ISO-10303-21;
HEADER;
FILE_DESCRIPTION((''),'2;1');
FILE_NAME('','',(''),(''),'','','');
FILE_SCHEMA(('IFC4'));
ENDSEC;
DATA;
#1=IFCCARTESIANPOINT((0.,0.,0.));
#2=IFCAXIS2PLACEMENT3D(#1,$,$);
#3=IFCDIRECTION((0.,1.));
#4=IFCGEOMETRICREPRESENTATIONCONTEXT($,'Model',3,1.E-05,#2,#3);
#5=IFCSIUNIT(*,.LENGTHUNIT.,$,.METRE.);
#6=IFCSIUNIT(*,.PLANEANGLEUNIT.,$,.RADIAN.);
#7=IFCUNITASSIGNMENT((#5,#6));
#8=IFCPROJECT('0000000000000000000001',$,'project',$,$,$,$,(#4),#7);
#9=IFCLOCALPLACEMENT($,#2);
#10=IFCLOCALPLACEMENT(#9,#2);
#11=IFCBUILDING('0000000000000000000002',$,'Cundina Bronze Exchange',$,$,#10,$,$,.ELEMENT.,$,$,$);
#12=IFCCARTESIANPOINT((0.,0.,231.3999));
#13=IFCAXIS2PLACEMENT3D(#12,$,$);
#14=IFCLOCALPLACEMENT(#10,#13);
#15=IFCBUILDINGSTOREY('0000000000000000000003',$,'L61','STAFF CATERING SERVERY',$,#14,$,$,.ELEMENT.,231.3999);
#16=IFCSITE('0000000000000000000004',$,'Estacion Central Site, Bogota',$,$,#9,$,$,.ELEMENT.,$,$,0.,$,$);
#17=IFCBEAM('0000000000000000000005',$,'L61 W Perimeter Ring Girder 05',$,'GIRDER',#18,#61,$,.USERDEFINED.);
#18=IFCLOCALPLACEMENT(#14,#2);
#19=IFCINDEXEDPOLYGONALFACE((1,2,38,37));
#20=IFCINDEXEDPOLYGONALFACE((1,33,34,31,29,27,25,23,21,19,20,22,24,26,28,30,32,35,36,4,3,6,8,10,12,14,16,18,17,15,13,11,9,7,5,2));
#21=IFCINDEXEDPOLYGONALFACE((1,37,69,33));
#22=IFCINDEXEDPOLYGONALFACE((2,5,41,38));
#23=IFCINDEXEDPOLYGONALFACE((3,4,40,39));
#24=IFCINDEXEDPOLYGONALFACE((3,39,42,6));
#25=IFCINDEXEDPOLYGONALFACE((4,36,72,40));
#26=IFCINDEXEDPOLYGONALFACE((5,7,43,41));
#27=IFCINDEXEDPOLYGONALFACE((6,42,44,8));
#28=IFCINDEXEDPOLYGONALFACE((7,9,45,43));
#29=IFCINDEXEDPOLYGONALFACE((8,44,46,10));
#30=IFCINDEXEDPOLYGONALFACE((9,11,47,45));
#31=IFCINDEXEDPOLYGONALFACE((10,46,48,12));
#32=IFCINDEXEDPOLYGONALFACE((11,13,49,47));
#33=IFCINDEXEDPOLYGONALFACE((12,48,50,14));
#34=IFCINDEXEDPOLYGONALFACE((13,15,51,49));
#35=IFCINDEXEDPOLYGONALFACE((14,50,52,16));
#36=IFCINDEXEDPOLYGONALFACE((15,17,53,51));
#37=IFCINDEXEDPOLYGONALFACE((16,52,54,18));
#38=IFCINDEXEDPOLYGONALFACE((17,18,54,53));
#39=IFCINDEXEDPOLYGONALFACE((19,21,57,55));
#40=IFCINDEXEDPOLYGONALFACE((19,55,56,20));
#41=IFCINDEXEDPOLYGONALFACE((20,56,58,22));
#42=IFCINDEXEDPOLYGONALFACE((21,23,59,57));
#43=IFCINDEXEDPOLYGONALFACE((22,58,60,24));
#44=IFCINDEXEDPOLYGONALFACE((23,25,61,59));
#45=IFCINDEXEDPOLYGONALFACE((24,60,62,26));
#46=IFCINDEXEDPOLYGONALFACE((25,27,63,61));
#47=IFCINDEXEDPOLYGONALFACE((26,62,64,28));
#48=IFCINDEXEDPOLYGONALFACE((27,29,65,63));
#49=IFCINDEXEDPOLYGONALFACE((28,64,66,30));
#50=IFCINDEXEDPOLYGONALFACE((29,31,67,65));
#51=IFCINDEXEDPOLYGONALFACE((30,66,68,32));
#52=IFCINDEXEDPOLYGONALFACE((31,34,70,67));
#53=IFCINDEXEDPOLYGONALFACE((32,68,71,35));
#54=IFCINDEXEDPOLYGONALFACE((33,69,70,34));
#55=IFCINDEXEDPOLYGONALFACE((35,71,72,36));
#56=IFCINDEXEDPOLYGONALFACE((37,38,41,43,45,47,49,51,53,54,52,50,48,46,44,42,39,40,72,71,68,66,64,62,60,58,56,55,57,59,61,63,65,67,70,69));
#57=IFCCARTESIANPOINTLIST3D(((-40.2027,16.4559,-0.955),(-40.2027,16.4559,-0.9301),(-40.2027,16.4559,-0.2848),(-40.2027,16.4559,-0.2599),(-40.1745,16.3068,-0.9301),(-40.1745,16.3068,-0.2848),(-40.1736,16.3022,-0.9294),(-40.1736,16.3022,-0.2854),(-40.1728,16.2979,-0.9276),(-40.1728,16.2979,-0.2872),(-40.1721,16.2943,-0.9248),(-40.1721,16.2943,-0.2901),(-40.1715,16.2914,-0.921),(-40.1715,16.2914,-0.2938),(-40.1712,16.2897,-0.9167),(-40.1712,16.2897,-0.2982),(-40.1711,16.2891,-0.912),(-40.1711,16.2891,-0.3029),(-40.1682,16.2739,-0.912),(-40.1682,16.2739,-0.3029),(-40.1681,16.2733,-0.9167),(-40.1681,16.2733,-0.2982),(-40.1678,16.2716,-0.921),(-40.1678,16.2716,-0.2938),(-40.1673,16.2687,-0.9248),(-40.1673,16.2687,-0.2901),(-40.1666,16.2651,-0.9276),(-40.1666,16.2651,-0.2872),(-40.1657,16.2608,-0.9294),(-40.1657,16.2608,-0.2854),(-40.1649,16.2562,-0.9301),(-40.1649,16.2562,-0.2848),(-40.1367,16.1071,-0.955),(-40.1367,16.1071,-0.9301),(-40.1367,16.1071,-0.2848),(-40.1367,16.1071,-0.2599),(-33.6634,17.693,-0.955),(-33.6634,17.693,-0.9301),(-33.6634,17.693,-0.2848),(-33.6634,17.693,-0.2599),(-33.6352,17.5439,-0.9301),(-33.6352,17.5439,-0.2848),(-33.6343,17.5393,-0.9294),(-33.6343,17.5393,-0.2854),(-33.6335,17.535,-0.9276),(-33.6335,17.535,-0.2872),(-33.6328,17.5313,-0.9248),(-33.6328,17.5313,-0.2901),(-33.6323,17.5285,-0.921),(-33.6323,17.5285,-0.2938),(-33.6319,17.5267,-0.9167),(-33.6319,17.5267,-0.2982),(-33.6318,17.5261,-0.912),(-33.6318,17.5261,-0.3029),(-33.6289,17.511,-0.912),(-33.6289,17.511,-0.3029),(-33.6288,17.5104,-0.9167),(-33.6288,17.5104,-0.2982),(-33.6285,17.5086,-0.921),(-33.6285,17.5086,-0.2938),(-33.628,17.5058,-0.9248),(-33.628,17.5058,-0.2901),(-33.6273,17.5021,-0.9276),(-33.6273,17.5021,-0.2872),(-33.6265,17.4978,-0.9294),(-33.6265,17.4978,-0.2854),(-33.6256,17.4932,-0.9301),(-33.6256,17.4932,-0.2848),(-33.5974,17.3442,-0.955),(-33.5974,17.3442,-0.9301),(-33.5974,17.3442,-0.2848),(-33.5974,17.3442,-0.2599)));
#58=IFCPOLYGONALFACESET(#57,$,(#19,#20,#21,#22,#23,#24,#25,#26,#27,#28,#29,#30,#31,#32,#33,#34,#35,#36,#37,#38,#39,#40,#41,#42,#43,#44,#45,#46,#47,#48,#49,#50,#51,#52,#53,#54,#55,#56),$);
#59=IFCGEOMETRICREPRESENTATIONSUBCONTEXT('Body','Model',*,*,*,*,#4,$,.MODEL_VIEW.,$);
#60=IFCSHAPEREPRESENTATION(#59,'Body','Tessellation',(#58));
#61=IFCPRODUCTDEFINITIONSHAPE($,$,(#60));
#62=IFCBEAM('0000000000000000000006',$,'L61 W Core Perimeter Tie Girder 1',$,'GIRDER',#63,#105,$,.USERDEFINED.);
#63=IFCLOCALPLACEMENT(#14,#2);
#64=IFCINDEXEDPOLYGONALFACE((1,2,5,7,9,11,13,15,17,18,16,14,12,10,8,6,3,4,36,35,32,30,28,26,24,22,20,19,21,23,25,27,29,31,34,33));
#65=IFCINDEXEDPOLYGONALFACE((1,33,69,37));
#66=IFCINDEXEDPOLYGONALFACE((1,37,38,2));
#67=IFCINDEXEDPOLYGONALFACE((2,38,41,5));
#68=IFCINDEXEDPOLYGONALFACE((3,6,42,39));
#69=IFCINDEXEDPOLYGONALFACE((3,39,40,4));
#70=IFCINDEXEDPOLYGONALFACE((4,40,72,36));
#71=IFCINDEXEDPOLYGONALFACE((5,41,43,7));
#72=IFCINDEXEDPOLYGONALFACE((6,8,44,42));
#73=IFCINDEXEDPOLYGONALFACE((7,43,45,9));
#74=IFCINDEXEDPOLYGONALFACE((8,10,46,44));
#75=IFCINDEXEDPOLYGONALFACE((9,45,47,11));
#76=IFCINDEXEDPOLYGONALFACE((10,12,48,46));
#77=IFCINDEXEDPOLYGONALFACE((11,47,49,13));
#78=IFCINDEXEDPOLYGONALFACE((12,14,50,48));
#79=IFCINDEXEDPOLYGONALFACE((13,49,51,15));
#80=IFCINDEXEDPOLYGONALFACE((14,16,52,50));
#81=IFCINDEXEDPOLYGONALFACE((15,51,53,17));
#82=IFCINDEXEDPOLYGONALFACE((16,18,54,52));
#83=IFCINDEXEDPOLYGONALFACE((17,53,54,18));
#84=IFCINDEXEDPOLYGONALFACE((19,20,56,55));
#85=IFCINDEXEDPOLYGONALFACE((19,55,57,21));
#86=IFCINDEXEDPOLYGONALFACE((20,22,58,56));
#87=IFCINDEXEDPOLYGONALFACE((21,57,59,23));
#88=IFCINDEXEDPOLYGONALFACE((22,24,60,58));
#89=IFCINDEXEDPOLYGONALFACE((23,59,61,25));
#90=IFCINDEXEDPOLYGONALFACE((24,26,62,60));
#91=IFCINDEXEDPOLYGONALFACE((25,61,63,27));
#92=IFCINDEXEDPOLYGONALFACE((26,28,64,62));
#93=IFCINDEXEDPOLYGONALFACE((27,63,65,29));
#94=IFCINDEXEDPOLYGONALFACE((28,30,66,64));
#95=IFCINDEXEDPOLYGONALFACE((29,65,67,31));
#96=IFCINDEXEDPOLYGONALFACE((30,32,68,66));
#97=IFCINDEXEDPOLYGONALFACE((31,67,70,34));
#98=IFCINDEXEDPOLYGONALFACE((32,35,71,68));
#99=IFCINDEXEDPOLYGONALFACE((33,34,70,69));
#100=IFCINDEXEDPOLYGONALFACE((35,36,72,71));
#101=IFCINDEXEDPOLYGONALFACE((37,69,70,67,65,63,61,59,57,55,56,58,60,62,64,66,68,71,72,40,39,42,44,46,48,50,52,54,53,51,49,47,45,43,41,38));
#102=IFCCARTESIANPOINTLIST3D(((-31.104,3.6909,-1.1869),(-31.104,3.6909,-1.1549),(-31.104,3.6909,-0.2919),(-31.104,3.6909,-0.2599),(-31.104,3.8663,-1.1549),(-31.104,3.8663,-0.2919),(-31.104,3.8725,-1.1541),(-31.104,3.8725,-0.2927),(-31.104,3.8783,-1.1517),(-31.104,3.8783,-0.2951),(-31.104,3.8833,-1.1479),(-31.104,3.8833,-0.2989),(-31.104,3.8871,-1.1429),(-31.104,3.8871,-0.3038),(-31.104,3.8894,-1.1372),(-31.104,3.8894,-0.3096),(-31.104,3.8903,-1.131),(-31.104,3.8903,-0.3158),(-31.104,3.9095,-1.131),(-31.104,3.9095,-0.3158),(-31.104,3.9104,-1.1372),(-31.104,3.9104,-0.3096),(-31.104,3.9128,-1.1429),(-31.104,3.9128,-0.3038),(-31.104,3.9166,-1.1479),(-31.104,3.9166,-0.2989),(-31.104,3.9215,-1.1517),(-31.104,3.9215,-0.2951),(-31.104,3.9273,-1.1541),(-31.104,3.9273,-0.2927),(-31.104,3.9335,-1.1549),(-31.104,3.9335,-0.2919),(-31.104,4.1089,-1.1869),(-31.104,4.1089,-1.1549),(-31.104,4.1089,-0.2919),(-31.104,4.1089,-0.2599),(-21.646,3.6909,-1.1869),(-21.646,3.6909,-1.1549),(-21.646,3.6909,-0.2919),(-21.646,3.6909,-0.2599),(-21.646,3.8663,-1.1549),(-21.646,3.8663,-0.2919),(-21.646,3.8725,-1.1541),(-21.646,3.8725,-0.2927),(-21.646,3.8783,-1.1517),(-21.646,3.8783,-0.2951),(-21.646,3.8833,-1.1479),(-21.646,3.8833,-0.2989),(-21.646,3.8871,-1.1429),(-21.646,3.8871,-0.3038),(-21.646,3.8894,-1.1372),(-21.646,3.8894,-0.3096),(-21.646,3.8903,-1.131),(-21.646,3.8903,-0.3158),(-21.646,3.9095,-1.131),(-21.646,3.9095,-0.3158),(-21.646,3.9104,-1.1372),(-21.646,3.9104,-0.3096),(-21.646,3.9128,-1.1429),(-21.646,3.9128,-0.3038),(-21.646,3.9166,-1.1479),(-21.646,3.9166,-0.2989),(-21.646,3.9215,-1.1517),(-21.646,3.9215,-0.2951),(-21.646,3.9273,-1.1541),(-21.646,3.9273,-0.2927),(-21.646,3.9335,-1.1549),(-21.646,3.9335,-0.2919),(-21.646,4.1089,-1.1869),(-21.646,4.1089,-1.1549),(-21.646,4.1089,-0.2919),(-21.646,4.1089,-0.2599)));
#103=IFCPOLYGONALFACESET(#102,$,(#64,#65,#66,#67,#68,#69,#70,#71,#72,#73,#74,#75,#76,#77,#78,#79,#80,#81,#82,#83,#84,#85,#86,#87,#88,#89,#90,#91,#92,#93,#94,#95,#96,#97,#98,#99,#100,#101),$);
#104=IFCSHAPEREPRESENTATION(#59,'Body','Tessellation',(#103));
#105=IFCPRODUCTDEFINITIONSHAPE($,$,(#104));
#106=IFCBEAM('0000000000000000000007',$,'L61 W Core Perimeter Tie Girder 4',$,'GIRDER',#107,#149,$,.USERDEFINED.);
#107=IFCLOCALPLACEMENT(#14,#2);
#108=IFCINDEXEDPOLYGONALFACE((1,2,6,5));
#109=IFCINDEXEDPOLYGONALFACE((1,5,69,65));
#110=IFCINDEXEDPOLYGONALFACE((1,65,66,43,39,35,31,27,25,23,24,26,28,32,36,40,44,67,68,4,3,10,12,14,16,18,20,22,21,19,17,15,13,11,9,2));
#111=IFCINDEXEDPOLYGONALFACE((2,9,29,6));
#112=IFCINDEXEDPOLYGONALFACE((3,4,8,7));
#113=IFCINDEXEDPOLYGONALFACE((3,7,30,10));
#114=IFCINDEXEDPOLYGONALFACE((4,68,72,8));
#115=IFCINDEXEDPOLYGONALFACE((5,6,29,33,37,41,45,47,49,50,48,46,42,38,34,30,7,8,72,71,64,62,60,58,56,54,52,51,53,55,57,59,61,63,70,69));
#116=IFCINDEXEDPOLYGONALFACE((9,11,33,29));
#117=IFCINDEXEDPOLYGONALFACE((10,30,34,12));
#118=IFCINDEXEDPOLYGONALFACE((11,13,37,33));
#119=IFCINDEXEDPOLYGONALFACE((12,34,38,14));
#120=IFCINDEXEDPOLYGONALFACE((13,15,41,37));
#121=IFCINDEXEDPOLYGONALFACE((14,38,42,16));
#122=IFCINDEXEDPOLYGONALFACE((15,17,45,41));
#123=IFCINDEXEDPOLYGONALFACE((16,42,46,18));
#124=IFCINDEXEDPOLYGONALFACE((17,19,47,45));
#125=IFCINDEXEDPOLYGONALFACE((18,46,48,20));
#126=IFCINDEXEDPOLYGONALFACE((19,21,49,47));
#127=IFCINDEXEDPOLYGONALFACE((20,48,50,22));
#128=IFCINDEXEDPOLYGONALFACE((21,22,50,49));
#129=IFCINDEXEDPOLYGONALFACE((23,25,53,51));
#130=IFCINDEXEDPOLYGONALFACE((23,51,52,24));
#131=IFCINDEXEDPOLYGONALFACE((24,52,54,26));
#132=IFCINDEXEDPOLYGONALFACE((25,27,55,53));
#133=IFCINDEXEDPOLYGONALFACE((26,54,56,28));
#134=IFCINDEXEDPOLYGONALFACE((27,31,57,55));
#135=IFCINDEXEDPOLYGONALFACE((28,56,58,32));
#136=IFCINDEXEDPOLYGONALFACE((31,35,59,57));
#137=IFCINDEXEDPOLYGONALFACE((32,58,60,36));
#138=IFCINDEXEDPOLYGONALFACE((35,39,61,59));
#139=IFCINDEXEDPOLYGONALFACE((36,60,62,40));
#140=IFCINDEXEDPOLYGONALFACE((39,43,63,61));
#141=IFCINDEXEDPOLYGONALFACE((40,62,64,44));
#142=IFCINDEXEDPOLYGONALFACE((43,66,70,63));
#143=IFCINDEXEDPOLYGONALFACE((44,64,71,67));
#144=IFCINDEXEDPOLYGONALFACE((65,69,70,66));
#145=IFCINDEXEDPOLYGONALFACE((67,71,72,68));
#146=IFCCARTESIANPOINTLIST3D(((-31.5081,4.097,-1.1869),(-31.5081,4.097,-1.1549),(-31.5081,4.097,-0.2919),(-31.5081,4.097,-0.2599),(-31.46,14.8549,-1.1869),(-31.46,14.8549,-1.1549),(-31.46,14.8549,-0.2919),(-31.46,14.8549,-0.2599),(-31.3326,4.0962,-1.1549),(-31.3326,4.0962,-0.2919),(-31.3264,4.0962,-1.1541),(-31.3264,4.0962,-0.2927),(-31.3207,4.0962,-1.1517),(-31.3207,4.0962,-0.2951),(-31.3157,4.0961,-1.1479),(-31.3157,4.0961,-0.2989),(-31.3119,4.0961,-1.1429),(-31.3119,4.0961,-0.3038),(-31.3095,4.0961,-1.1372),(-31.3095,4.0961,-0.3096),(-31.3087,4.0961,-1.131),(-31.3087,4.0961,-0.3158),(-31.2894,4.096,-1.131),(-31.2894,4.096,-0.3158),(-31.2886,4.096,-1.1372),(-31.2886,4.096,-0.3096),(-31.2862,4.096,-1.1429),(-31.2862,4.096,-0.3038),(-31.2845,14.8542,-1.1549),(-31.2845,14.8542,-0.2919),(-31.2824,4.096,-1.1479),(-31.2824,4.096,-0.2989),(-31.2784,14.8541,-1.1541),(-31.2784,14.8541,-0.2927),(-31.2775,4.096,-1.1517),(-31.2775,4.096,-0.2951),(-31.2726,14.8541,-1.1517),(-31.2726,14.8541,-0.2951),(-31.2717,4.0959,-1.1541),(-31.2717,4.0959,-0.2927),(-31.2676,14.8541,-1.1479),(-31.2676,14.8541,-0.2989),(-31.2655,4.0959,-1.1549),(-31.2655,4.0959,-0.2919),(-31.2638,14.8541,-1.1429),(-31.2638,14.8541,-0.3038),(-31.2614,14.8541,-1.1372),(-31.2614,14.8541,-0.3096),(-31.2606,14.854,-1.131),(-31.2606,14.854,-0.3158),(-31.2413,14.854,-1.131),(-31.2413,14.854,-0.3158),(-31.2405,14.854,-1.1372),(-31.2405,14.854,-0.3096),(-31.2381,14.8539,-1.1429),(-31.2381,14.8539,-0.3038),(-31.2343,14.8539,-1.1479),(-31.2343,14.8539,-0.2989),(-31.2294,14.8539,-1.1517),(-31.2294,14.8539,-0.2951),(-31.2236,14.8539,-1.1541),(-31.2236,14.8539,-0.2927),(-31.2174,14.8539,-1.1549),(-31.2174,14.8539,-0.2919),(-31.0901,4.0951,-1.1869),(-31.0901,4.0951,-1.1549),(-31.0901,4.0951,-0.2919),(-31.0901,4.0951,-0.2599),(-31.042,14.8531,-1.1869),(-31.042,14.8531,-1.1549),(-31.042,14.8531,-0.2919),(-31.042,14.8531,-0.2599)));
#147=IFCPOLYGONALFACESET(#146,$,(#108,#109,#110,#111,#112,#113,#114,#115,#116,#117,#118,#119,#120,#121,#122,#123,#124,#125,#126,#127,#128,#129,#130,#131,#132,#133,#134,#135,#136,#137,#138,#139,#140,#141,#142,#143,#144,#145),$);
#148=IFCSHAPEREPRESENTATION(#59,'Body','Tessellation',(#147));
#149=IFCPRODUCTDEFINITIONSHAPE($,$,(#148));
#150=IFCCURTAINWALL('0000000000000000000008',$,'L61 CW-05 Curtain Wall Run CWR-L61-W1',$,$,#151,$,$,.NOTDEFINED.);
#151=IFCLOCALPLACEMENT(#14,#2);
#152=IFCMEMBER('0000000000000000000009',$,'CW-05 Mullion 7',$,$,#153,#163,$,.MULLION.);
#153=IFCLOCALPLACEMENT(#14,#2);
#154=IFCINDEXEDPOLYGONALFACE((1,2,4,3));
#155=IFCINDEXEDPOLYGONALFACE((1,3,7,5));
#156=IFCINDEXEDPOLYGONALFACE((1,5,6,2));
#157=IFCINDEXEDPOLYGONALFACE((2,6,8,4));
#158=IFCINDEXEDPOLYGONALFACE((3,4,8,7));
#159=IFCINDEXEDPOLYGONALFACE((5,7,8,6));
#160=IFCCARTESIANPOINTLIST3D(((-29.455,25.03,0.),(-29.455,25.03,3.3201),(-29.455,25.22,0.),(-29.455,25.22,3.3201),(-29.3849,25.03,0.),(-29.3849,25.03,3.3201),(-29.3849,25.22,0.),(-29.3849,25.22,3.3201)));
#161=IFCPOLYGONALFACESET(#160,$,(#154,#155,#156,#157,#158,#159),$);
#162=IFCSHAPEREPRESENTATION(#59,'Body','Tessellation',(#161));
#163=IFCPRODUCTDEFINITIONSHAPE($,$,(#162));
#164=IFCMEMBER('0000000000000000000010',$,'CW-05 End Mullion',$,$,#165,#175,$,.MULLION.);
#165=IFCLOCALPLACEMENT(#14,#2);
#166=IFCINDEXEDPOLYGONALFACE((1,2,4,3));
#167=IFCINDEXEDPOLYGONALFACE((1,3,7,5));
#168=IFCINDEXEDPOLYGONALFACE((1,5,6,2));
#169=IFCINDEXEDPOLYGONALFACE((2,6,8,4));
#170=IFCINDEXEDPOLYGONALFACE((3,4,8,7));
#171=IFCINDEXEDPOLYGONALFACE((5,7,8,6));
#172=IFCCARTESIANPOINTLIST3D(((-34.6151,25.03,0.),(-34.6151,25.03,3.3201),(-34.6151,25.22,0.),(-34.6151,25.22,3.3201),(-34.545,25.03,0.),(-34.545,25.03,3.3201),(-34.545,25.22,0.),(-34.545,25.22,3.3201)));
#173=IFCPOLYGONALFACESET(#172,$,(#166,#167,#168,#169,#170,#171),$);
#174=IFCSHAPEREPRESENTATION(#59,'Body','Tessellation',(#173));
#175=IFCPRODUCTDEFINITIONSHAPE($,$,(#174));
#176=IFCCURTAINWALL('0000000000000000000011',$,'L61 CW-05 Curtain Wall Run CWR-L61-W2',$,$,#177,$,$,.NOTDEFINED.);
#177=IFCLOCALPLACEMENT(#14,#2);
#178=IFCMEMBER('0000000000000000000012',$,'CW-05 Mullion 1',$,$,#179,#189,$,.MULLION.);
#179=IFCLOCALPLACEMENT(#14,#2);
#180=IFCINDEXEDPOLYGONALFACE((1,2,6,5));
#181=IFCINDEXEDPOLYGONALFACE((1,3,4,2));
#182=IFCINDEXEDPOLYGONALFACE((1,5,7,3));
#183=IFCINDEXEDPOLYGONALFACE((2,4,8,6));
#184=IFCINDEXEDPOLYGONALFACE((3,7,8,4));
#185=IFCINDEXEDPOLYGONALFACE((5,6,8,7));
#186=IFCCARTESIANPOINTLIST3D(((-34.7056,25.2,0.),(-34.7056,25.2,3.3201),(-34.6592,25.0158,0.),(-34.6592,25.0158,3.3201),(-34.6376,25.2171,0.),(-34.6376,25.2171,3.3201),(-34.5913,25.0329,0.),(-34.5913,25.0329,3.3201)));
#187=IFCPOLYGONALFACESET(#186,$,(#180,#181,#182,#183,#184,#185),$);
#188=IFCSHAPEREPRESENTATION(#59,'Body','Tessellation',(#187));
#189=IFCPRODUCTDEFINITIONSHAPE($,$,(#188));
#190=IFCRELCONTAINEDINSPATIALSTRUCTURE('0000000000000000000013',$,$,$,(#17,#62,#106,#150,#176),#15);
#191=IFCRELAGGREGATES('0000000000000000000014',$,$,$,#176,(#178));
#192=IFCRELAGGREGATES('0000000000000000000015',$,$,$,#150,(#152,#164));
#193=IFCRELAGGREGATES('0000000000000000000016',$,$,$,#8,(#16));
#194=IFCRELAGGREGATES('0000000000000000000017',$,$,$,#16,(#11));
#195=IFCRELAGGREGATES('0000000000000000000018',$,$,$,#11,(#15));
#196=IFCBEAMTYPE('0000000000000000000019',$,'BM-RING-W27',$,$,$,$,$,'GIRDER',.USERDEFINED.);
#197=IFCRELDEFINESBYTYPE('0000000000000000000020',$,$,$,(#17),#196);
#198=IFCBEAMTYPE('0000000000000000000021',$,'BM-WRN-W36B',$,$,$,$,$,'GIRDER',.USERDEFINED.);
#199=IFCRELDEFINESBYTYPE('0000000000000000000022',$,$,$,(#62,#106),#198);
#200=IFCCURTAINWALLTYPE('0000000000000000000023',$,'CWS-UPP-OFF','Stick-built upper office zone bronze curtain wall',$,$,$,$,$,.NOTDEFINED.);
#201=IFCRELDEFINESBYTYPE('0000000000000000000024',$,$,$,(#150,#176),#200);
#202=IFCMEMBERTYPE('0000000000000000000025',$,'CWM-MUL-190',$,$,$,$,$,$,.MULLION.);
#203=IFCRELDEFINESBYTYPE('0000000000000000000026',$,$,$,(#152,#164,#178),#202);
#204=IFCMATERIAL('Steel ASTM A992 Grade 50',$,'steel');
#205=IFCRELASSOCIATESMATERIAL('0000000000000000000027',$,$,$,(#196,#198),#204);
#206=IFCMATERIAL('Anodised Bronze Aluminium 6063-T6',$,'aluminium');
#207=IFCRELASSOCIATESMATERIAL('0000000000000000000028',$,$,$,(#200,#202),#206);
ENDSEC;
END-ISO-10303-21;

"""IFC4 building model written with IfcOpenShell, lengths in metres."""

from ifc_helpers import new_model, si_unit, direction, frame, origin, origin_2d, place, context, subcontext, project, spatial, rectangle, i_section, extrude, material, material_profile, profile_set, type_object, element, aggregate, save


model = new_model("IFC4")

# Units and contexts
model_context = context("Model", 3, precision=1e-05, world=origin(), true_north=direction((0.0, 1.0)))
body_context = subcontext(model_context, "Body", "Model", "MODEL_VIEW")
ifc_project = project(units=[si_unit("LENGTHUNIT", "METRE"), si_unit("PLANEANGLEUNIT", "RADIAN")], contexts=[model_context])

# Site, building, storey
site_placement = place(None, origin())
site = spatial("IfcSite", under=ifc_project, at=site_placement, Name="Estacion Central Site, Bogota", CompositionType="ELEMENT", RefElevation=0.0)
building_placement = place(site_placement, origin())
building = spatial("IfcBuilding", under=site, at=building_placement, Name="Cundina Bronze Exchange", CompositionType="ELEMENT")
storey_placement = place(building_placement, frame((0.0, 0.0, 231.3999)))
storey = spatial("IfcBuildingStorey", under=building, at=storey_placement, Name="L61", Description="STAFF CATERING SERVERY", CompositionType="ELEMENT", Elevation=231.3999)

# Shared definitions
ifc_material_1 = material(Name="Steel ASTM A992 Grade 50", Category="steel")

# Beams
ifc_material_profile_1 = material_profile(ifc_material_1, i_section(OverallWidth=0.355, OverallDepth=0.6951, WebThickness=0.0154, FlangeThickness=0.0249, FilletRadius=0.0181, at=origin_2d()), Name="W27X146", Category="steel")
ifc_profile_set_1 = profile_set([ifc_material_profile_1], Name="Steel ASTM A992 Grade 50")
beam_type_1 = type_object("IfcBeamType", Name="BM-RING-W27", ElementType="GIRDER", PredefinedType="USERDEFINED", material=ifc_profile_set_1)
beam_1_placement = place(storey_placement, frame((-33.6304, 17.5186, -0.6074), z_axis=(-0.982573, -0.185876, 0.0), x_axis=(0.185876, -0.982573, 0.0)))
element("IfcBeam", 1, at=beam_1_placement, inside=storey, type_object=beam_type_1, Name="L61 W Perimeter Ring Girder 05", ObjectType="GIRDER", PredefinedType="USERDEFINED", context=body_context, shape_type="SweptSolid", body=[
    extrude(i_section(OverallWidth=0.355, OverallDepth=0.6951, WebThickness=0.0154, FlangeThickness=0.0249, FilletRadius=0.0181, at=origin_2d()), origin(), (0.0, 0.0, 1.0), 6.6553),
])
ifc_material_profile_2 = material_profile(ifc_material_1, i_section(OverallWidth=0.418, OverallDepth=0.927, WebThickness=0.0193, FlangeThickness=0.032, FilletRadius=0.0239, at=origin_2d()), Name="W36X231", Category="steel")
ifc_profile_set_2 = profile_set([ifc_material_profile_2], Name="Steel ASTM A992 Grade 50")
beam_type_2 = type_object("IfcBeamType", Name="BM-WRN-W36B", ElementType="GIRDER", PredefinedType="USERDEFINED", material=ifc_profile_set_2)
beam_2_placement = place(storey_placement, frame((-31.104, 3.8999, -0.7234), z_axis=(1.0, 0.0, 0.0), x_axis=(0.0, 1.0, 0.0)))
element("IfcBeam", 2, at=beam_2_placement, inside=storey, type_object=beam_type_2, Name="L61 W Core Perimeter Tie Girder 1", ObjectType="GIRDER", PredefinedType="USERDEFINED", context=body_context, shape_type="SweptSolid", body=[
    extrude(i_section(OverallWidth=0.418, OverallDepth=0.927, WebThickness=0.0193, FlangeThickness=0.032, FilletRadius=0.0239, at=origin_2d()), origin(), (0.0, 0.0, 1.0), 9.458),
])
beam_3_placement = place(storey_placement, frame((-31.251, 14.854, -0.7234), z_axis=(-0.004471, -0.99999, 0.0), x_axis=(0.99999, -0.004471, 0.0)))
element("IfcBeam", 3, at=beam_3_placement, inside=storey, type_object=beam_type_2, Name="L61 W Core Perimeter Tie Girder 4", ObjectType="GIRDER", PredefinedType="USERDEFINED", context=body_context, shape_type="SweptSolid", body=[
    extrude(i_section(OverallWidth=0.418, OverallDepth=0.927, WebThickness=0.0193, FlangeThickness=0.032, FilletRadius=0.0239, at=origin_2d()), origin(), (0.0, 0.0, 1.0), 10.7581),
])

# Curtain wall, members
ifc_material_2 = material(Name="Anodised Bronze Aluminium 6063-T6", Category="aluminium")
curtain_wall_type = type_object("IfcCurtainWallType", Name="CWS-UPP-OFF", Description="Stick-built upper office zone bronze curtain wall", PredefinedType="NOTDEFINED", material=ifc_material_2)
curtain_wall_1_placement = place(storey_placement, origin())
curtain_wall_1 = element("IfcCurtainWall", 4, at=curtain_wall_1_placement, inside=storey, type_object=curtain_wall_type, Name="L61 CW-05 Curtain Wall Run CWR-L61-W1", PredefinedType="NOTDEFINED")
ifc_material_profile_3 = material_profile(ifc_material_2, rectangle(XDim=0.0701, YDim=0.1899, at=origin_2d()), Name="AL70X190", Category="aluminium")
ifc_profile_set_3 = profile_set([ifc_material_profile_3], Name="Anodised Bronze Aluminium 6063-T6")
member_type_1 = type_object("IfcMemberType", Name="CWM-MUL-190", PredefinedType="MULLION", material=ifc_profile_set_3)
member_1_placement = place(storey_placement, frame((-29.4199, 25.125, 0.0), z_axis=(0.0, 0.0, 1.0), x_axis=(-1.0, 0.0, 0.0)))
member_1 = element("IfcMember", 5, at=member_1_placement, type_object=member_type_1, Name="CW-05 Mullion 7", PredefinedType="MULLION", context=body_context, shape_type="SweptSolid", body=[
    extrude(rectangle(XDim=0.0701, YDim=0.1899, at=origin_2d()), origin(), (0.0, 0.0, 1.0), 3.3201),
])
member_2_placement = place(storey_placement, frame((-34.5801, 25.125, 0.0), z_axis=(0.0, 0.0, 1.0), x_axis=(-1.0, 0.0, 0.0)))
member_2 = element("IfcMember", 6, at=member_2_placement, type_object=member_type_1, Name="CW-05 End Mullion", PredefinedType="MULLION", context=body_context, shape_type="SweptSolid", body=[
    extrude(rectangle(XDim=0.0701, YDim=0.1899, at=origin_2d()), origin(), (0.0, 0.0, 1.0), 3.3201),
])

# Curtain wall, member
curtain_wall_2_placement = place(storey_placement, origin())
curtain_wall_2 = element("IfcCurtainWall", 7, at=curtain_wall_2_placement, inside=storey, type_object=curtain_wall_type, Name="L61 CW-05 Curtain Wall Run CWR-L61-W2", PredefinedType="NOTDEFINED")
member_3_placement = place(storey_placement, frame((-34.6484, 25.1165, 0.0), z_axis=(0.0, 0.0, 1.0), x_axis=(-0.969744, -0.244123, 0.0)))
member_3 = element("IfcMember", 8, at=member_3_placement, type_object=member_type_1, Name="CW-05 Mullion 1", PredefinedType="MULLION", context=body_context, shape_type="SweptSolid", body=[
    extrude(rectangle(XDim=0.0701, YDim=0.1899, at=origin_2d()), origin(), (0.0, 0.0, 1.0), 3.3201),
])

aggregate(curtain_wall_2, [member_3])

aggregate(curtain_wall_1, [member_1, member_2])

save(model, "model.ifc")
